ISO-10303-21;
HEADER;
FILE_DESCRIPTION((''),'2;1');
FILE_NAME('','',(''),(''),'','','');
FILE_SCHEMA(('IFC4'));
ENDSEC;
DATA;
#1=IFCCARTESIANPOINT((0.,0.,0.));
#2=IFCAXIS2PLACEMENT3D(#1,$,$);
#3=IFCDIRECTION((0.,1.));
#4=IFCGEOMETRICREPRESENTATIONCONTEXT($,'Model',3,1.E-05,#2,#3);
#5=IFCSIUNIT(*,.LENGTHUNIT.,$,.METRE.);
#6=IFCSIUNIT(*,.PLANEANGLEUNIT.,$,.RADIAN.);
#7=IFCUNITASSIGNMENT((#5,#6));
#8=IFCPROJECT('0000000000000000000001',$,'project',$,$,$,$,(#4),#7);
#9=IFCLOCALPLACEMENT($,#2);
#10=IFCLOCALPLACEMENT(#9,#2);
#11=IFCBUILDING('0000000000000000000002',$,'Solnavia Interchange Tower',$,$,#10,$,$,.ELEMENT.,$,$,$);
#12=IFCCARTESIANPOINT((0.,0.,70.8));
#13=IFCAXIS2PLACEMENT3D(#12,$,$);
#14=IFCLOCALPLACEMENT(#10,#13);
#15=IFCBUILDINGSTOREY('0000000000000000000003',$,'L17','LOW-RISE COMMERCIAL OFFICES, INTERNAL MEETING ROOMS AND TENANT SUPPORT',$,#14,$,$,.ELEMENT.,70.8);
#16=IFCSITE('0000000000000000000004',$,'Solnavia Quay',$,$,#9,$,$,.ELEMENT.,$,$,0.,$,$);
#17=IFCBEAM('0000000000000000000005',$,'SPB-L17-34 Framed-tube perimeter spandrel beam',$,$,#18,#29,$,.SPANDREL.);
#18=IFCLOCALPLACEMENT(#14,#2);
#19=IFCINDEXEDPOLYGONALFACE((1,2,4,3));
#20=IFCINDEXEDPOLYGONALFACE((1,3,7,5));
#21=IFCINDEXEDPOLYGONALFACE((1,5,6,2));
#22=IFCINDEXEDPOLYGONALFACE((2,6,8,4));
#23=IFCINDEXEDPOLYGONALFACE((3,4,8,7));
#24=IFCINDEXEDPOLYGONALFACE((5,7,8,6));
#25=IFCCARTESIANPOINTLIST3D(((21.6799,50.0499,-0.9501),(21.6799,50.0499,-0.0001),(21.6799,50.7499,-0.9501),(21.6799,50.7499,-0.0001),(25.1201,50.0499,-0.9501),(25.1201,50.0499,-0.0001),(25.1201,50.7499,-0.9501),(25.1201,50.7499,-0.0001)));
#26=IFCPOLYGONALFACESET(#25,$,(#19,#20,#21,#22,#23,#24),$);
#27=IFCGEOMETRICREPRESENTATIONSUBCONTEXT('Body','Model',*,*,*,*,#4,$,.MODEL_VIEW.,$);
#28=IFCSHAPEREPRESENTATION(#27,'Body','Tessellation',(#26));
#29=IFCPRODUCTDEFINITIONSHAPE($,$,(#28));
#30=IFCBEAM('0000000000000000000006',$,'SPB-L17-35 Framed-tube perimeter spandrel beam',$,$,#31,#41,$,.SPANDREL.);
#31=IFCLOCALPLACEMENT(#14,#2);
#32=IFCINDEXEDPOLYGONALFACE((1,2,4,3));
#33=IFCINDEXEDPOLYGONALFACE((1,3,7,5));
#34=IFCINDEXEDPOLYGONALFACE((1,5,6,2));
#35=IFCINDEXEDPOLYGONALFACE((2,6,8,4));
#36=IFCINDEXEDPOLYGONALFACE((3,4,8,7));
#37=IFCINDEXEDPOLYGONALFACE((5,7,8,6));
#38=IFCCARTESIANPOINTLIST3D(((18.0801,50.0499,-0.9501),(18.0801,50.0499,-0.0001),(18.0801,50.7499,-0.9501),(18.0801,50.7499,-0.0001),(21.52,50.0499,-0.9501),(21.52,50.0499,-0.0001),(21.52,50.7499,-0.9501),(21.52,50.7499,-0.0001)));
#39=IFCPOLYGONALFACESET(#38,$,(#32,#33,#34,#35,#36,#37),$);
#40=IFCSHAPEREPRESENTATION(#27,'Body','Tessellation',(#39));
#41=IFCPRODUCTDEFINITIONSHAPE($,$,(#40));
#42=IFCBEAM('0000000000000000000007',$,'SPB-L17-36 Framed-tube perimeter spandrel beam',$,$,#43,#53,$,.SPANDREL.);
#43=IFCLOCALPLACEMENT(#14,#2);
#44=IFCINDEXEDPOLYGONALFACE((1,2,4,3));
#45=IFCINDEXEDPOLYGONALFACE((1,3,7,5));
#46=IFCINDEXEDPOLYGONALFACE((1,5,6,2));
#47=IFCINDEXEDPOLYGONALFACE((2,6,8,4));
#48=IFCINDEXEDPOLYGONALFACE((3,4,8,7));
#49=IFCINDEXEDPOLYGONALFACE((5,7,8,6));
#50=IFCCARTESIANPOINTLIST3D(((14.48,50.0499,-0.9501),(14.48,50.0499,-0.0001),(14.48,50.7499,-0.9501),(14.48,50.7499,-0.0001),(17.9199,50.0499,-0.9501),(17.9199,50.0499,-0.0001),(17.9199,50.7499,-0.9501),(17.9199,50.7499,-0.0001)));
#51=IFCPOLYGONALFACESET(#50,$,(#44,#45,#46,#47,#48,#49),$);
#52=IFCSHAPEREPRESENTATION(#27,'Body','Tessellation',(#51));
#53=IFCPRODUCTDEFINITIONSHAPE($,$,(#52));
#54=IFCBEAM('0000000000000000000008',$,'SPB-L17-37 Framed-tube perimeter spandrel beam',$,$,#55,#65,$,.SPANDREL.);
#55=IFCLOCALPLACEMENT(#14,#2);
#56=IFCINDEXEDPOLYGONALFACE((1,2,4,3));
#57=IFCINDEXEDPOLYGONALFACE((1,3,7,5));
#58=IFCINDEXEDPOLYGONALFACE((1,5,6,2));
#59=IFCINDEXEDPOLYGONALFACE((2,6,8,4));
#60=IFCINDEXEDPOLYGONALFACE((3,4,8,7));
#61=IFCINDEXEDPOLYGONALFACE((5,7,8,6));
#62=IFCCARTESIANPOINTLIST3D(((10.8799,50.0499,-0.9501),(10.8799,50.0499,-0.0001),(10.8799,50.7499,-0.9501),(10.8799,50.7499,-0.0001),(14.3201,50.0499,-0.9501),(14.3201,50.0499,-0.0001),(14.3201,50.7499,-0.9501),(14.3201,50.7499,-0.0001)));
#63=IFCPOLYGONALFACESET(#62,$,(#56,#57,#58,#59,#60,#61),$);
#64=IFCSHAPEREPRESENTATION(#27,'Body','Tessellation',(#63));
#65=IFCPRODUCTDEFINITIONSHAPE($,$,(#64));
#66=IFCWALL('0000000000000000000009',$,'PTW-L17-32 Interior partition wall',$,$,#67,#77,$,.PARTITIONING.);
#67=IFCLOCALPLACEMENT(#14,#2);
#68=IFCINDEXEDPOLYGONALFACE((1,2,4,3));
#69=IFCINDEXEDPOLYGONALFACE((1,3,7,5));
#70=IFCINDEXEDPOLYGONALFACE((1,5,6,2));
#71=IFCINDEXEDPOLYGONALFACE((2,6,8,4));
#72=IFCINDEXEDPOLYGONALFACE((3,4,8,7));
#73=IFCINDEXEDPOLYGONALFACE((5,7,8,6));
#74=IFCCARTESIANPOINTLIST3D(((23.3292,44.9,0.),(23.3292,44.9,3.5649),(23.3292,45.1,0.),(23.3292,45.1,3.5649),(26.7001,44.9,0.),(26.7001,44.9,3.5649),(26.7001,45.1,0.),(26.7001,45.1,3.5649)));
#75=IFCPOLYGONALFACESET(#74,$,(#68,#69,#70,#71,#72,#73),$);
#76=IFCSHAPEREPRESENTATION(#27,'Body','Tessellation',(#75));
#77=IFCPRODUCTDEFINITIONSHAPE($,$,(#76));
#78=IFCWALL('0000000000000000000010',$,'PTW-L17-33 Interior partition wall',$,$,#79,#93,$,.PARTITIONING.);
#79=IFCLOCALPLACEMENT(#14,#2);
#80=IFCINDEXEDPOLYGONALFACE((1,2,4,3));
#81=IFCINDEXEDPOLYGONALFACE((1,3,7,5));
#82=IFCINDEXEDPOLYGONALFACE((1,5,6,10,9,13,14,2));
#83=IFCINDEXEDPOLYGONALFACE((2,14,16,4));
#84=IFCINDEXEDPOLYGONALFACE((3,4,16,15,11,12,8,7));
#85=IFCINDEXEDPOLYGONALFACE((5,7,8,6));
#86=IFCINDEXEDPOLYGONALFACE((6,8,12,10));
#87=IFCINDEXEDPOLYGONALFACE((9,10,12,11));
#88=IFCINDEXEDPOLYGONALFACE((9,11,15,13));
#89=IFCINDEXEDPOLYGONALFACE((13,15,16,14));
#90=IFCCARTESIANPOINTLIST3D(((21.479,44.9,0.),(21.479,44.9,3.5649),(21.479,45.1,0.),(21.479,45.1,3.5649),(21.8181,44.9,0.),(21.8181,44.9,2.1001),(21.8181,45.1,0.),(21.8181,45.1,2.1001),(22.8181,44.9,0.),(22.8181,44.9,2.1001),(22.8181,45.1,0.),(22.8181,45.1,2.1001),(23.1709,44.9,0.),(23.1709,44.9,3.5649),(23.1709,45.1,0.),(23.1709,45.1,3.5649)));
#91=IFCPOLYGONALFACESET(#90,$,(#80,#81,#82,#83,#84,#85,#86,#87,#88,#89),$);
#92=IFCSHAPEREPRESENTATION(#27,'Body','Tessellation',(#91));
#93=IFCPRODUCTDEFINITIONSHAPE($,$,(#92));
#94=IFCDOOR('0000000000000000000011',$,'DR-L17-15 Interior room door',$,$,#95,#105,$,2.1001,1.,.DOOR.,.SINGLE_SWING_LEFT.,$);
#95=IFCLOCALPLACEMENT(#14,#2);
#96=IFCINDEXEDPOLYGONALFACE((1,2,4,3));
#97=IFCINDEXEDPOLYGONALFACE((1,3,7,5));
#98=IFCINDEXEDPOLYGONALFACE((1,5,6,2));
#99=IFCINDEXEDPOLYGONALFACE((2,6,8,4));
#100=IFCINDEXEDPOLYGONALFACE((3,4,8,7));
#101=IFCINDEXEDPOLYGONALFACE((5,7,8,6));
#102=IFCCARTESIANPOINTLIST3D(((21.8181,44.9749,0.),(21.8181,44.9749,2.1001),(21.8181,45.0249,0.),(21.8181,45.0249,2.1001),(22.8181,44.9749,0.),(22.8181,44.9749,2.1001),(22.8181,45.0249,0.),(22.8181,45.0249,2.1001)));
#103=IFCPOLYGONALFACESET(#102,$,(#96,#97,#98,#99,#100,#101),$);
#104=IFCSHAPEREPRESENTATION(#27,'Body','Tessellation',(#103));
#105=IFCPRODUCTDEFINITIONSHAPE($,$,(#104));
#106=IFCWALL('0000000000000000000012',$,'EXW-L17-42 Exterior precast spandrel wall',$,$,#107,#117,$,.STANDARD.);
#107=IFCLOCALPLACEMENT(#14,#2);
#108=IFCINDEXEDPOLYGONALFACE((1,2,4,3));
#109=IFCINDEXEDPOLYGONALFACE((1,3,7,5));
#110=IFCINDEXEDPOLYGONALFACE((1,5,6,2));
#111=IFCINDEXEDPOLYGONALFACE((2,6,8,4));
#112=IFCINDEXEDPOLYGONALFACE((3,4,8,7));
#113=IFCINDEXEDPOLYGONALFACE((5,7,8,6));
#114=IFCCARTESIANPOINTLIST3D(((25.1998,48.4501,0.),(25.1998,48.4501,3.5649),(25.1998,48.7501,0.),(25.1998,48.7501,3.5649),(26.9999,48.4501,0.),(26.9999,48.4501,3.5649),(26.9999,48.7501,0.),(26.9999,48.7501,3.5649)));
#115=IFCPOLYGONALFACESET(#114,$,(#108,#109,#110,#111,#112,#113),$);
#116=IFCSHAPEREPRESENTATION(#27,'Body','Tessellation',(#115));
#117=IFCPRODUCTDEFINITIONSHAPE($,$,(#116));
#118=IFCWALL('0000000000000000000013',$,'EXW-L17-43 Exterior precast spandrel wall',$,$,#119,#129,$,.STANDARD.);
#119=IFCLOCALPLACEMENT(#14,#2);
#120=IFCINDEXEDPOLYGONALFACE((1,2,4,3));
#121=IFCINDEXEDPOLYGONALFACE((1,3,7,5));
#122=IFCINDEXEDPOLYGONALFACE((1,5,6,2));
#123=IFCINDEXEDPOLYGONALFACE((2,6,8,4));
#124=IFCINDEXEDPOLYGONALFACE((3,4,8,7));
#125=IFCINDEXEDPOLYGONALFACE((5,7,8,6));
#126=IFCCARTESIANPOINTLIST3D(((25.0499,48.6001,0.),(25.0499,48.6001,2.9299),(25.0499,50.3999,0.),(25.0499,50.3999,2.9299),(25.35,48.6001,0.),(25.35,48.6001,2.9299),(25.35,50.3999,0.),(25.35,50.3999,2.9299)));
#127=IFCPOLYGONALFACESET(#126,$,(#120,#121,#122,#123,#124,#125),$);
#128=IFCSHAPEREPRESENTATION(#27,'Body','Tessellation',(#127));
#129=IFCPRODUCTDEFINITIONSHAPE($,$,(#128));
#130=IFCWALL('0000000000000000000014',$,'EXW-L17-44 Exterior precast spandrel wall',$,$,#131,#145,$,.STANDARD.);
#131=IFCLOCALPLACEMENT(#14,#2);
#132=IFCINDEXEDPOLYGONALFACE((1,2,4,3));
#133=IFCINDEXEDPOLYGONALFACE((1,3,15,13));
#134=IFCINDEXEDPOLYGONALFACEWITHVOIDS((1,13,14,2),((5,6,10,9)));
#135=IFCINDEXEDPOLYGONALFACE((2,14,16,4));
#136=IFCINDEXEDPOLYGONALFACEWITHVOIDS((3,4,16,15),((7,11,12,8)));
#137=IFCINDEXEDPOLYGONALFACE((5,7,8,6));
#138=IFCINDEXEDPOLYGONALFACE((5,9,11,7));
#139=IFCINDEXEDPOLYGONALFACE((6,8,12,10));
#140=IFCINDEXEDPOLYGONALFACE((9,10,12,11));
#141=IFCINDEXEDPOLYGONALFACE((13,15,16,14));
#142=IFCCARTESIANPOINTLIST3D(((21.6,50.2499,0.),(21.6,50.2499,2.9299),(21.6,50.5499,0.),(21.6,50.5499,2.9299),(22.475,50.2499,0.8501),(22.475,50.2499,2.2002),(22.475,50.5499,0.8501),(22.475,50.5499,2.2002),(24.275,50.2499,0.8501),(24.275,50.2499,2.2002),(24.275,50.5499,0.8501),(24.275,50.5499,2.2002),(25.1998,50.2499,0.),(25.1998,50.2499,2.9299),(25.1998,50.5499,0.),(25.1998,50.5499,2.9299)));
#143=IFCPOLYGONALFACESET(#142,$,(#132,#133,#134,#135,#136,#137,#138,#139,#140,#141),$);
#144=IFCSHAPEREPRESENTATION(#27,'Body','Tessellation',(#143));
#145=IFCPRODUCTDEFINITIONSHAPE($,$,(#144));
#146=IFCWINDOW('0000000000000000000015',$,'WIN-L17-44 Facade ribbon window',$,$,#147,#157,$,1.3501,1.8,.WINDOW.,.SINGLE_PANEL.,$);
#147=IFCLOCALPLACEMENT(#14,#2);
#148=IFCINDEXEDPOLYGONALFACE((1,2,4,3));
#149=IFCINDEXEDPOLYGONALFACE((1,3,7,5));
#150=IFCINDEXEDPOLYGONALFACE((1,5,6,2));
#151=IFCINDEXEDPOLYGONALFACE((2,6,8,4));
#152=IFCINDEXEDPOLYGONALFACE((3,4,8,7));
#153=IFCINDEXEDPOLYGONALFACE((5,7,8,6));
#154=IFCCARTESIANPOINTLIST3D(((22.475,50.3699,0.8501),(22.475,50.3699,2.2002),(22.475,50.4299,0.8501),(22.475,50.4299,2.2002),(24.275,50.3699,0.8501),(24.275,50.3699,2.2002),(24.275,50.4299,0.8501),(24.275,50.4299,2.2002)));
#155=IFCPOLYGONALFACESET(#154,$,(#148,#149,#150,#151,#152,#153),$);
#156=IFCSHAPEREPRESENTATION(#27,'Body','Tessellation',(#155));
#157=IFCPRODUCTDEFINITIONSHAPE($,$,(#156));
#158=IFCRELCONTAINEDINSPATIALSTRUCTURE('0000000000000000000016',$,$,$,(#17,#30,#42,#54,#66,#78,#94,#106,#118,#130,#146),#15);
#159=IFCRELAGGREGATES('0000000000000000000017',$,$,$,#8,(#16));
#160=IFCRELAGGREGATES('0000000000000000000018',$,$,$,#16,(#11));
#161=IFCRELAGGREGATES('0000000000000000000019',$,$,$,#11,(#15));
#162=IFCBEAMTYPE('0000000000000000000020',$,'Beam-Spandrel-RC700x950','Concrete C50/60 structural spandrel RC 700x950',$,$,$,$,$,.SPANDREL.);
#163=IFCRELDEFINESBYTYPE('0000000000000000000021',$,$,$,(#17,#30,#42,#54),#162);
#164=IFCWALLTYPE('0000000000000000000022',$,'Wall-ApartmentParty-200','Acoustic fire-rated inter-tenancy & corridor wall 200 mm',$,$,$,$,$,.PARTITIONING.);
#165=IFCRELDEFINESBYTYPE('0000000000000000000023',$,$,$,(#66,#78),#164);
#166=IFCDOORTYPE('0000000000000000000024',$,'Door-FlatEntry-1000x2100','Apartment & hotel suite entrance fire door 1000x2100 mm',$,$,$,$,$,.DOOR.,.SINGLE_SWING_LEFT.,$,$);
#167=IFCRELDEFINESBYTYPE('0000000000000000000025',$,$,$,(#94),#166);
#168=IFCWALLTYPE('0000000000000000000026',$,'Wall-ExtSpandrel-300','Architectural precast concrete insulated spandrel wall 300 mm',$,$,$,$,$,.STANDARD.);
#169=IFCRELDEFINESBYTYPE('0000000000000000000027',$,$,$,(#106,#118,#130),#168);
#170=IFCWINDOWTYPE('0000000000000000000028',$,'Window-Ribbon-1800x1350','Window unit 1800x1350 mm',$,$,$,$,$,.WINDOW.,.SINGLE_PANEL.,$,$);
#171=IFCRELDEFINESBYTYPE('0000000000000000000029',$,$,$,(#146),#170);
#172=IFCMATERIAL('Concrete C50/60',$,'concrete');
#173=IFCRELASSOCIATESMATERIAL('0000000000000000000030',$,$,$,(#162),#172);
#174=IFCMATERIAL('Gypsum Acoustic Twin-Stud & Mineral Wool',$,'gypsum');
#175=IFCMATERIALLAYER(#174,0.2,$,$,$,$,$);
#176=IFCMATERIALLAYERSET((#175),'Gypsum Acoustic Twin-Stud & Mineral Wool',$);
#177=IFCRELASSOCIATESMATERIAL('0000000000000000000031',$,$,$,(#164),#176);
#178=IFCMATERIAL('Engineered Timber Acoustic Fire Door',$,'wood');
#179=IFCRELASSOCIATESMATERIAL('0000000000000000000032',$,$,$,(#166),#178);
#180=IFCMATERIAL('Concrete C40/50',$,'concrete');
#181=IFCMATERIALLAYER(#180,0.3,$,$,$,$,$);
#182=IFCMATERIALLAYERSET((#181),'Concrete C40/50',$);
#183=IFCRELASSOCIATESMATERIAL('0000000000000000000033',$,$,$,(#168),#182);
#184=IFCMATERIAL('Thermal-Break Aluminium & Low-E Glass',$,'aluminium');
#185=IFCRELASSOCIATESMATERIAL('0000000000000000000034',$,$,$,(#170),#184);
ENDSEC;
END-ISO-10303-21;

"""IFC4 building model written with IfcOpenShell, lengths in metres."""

from ifc_helpers import new_model, si_unit, direction, frame, frame_2d, origin, origin_2d, place, context, subcontext, project, spatial, rectangle, extrude, material, layer, layer_set, material_profile, profile_set, type_object, element, fill, save


model = new_model("IFC4")

# Units and contexts
model_context = context("Model", 3, precision=1e-05, world=origin(), true_north=direction((0.0, 1.0)))
body_context = subcontext(model_context, "Body", "Model", "MODEL_VIEW")
ifc_project = project(units=[si_unit("LENGTHUNIT", "METRE"), si_unit("PLANEANGLEUNIT", "RADIAN")], contexts=[model_context])

# Site, building, storey
site_placement = place(None, origin())
site = spatial("IfcSite", under=ifc_project, at=site_placement, Name="Solnavia Quay", CompositionType="ELEMENT", RefElevation=0.0)
building_placement = place(site_placement, origin())
building = spatial("IfcBuilding", under=site, at=building_placement, Name="Solnavia Interchange Tower", CompositionType="ELEMENT")
storey_placement = place(building_placement, frame((0.0, 0.0, 70.8)))
storey = spatial("IfcBuildingStorey", under=building, at=storey_placement, Name="L17", Description="LOW-RISE COMMERCIAL OFFICES, INTERNAL MEETING ROOMS AND TENANT SUPPORT", CompositionType="ELEMENT", Elevation=70.8)

# Beams
ifc_material_1 = material(Name="Concrete C50/60", Category="concrete")
ifc_material_profile_1 = material_profile(ifc_material_1, rectangle(XDim=0.7, YDim=0.95, at=origin_2d()), Name="RC 700x950")
ifc_profile_set_1 = profile_set([ifc_material_profile_1], Name="Concrete C50/60")
beam_type_1 = type_object("IfcBeamType", Name="Beam-Spandrel-RC700x950", Description="Concrete C50/60 structural spandrel RC 700x950", PredefinedType="SPANDREL", material=ifc_profile_set_1)
beam_1_placement = place(storey_placement, frame((25.1201, 50.3999, -0.4751), z_axis=(-1.0, 0.0, 0.0), x_axis=(0.0, -1.0, 0.0)))
element("IfcBeam", 1, at=beam_1_placement, inside=storey, type_object=beam_type_1, Name="SPB-L17-34 Framed-tube perimeter spandrel beam", PredefinedType="SPANDREL", context=body_context, shape_type="SweptSolid", body=[
    extrude(rectangle(XDim=0.7, YDim=0.95, at=origin_2d()), origin(), (0.0, 0.0, 1.0), 3.4402),
])
for number, where, z_axis, x_axis, name in (
    (2, (21.52, 50.3999, -0.4751), (-1.0, 0.0, 0.0), (0.0, -1.0, 0.0), "SPB-L17-35 Framed-tube perimeter spandrel beam"),
    (3, (17.9199, 50.3999, -0.4751), (-1.0, 0.0, 0.0), (0.0, -1.0, 0.0), "SPB-L17-36 Framed-tube perimeter spandrel beam"),
):
    element("IfcBeam", number, at=place(storey_placement, frame(where, z_axis=z_axis, x_axis=x_axis)), inside=storey, type_object=beam_type_1, Name=name, PredefinedType="SPANDREL", context=body_context, shape_type="SweptSolid", body=[
        extrude(rectangle(XDim=0.7, YDim=0.95, at=origin_2d()), origin(), (0.0, 0.0, 1.0), 3.4399),
    ])
beam_2_placement = place(storey_placement, frame((14.3201, 50.3999, -0.4751), z_axis=(-1.0, 0.0, 0.0), x_axis=(0.0, -1.0, 0.0)))
element("IfcBeam", 4, at=beam_2_placement, inside=storey, type_object=beam_type_1, Name="SPB-L17-37 Framed-tube perimeter spandrel beam", PredefinedType="SPANDREL", context=body_context, shape_type="SweptSolid", body=[
    extrude(rectangle(XDim=0.7, YDim=0.95, at=origin_2d()), origin(), (0.0, 0.0, 1.0), 3.4402),
])

# Wall
ifc_material_2 = material(Name="Gypsum Acoustic Twin-Stud & Mineral Wool", Category="gypsum")
ifc_layer_1 = layer(ifc_material_2, 0.2)
ifc_layer_set_1 = layer_set([ifc_layer_1], Name="Gypsum Acoustic Twin-Stud & Mineral Wool")
wall_type_1 = type_object("IfcWallType", Name="Wall-ApartmentParty-200", Description="Acoustic fire-rated inter-tenancy & corridor wall 200 mm", PredefinedType="PARTITIONING", material=ifc_layer_set_1)
wall_1_placement = place(storey_placement, frame((23.3291, 45.0, 0.0), z_axis=(0.0, 0.0, 1.0), x_axis=(1.0, 0.0, 0.0)))
element("IfcWall", 5, at=wall_1_placement, inside=storey, type_object=wall_type_1, Name="PTW-L17-32 Interior partition wall", PredefinedType="PARTITIONING", context=body_context, shape_type="SweptSolid", body=[
    extrude(rectangle(XDim=3.3708, YDim=0.2, at=frame_2d((1.6855, 0.0))), origin(), (0.0, 0.0, 1.0), 3.5649),
])

# Wall, opening, door
wall_2_placement = place(storey_placement, frame((21.479, 45.0, 0.0), z_axis=(0.0, 0.0, 1.0), x_axis=(1.0, 0.0, 0.0)))
wall_2 = element("IfcWall", 6, at=wall_2_placement, inside=storey, type_object=wall_type_1, Name="PTW-L17-33 Interior partition wall", PredefinedType="PARTITIONING", context=body_context, shape_type="SweptSolid", body=[
    extrude(rectangle(XDim=1.6919, YDim=0.2, at=frame_2d((0.8459, 0.0))), origin(), (0.0, 0.0, 1.0), 3.5649),
])
opening_1_placement = place(wall_2_placement, frame((0.3391, 0.0, 0.0)))
opening_1 = element("IfcOpeningElement", 7, at=opening_1_placement, cuts=wall_2, PredefinedType="OPENING", context=body_context, shape_type="SweptSolid", body=[
    extrude(rectangle(XDim=1.0, YDim=2.1001, at=frame_2d((0.5, 1.05))), frame((0.0, 0.1099, 0.0), z_axis=(0.0, -1.0, 0.0), x_axis=(1.0, 0.0, 0.0)), (0.0, 0.0, 1.0), 0.22),
])
ifc_material_3 = material(Name="Engineered Timber Acoustic Fire Door", Category="wood")
door_type = type_object("IfcDoorType", Name="Door-FlatEntry-1000x2100", Description="Apartment & hotel suite entrance fire door 1000x2100 mm", OperationType="SINGLE_SWING_LEFT", PredefinedType="DOOR", material=ifc_material_3)
door_placement = place(opening_1_placement, origin())
door = element("IfcDoor", 8, at=door_placement, inside=storey, type_object=door_type, Name="DR-L17-15 Interior room door", OperationType="SINGLE_SWING_LEFT", OverallHeight=2.1001, OverallWidth=1.0, PredefinedType="DOOR", context=body_context, shape_type="SweptSolid", body=[
    extrude(rectangle(XDim=1.0, YDim=2.1001, at=frame_2d((0.5, 1.05))), frame((0.0, 0.0249, 0.0), z_axis=(0.0, -1.0, 0.0), x_axis=(1.0, 0.0, 0.0)), (0.0, 0.0, 1.0), 0.05),
])
fill(opening_1, door)

# Walls
ifc_material_4 = material(Name="Concrete C40/50", Category="concrete")
ifc_layer_2 = layer(ifc_material_4, 0.3)
ifc_layer_set_2 = layer_set([ifc_layer_2], Name="Concrete C40/50")
wall_type_2 = type_object("IfcWallType", Name="Wall-ExtSpandrel-300", Description="Architectural precast concrete insulated spandrel wall 300 mm", PredefinedType="STANDARD", material=ifc_layer_set_2)
wall_3_placement = place(storey_placement, frame((25.2, 48.6001, 0.0), z_axis=(0.0, 0.0, 1.0), x_axis=(1.0, 0.0, 0.0)))
element("IfcWall", 9, at=wall_3_placement, inside=storey, type_object=wall_type_2, Name="EXW-L17-42 Exterior precast spandrel wall", PredefinedType="STANDARD", context=body_context, shape_type="SweptSolid", body=[
    extrude(rectangle(XDim=1.8, YDim=0.3, at=frame_2d((0.8999, 0.0))), origin(), (0.0, 0.0, 1.0), 3.5649),
])
wall_4_placement = place(storey_placement, frame((25.2, 48.6001, 0.0), z_axis=(0.0, 0.0, 1.0), x_axis=(0.0, 1.0, 0.0)))
element("IfcWall", 10, at=wall_4_placement, inside=storey, type_object=wall_type_2, Name="EXW-L17-43 Exterior precast spandrel wall", PredefinedType="STANDARD", context=body_context, shape_type="SweptSolid", body=[
    extrude(rectangle(XDim=1.7998, YDim=0.3, at=frame_2d((0.8999, 0.0))), origin(), (0.0, 0.0, 1.0), 2.9299),
])

# Wall, opening, window
wall_5_placement = place(storey_placement, frame((21.6001, 50.3999, 0.0), z_axis=(0.0, 0.0, 1.0), x_axis=(1.0, 0.0, 0.0)))
wall_5 = element("IfcWall", 11, at=wall_5_placement, inside=storey, type_object=wall_type_2, Name="EXW-L17-44 Exterior precast spandrel wall", PredefinedType="STANDARD", context=body_context, shape_type="SweptSolid", body=[
    extrude(rectangle(XDim=3.5999, YDim=0.3, at=frame_2d((1.7998, 0.0))), origin(), (0.0, 0.0, 1.0), 2.9299),
])
opening_2_placement = place(wall_5_placement, frame((0.875, 0.0, 0.8501)))
opening_2 = element("IfcOpeningElement", 12, at=opening_2_placement, cuts=wall_5, PredefinedType="OPENING", context=body_context, shape_type="SweptSolid", body=[
    extrude(rectangle(XDim=1.8, YDim=1.3501, at=frame_2d((0.8999, 0.675))), frame((0.0, 0.1602, 0.0), z_axis=(0.0, -1.0, 0.0), x_axis=(1.0, 0.0, 0.0)), (0.0, 0.0, 1.0), 0.3201),
])
ifc_material_5 = material(Name="Thermal-Break Aluminium & Low-E Glass", Category="aluminium")
window_type = type_object("IfcWindowType", Name="Window-Ribbon-1800x1350", Description="Window unit 1800x1350 mm", PartitioningType="SINGLE_PANEL", PredefinedType="WINDOW", material=ifc_material_5)
window_1_placement = place(opening_2_placement, origin())
window_1 = element("IfcWindow", 13, at=window_1_placement, inside=storey, type_object=window_type, Name="WIN-L17-44 Facade ribbon window", OverallHeight=1.3501, OverallWidth=1.8, PartitioningType="SINGLE_PANEL", PredefinedType="WINDOW", context=body_context, shape_type="SweptSolid", body=[
    extrude(rectangle(XDim=1.8, YDim=1.3501, at=frame_2d((0.8999, 0.675))), frame((0.0, 0.03, 0.0), z_axis=(0.0, -1.0, 0.0), x_axis=(1.0, 0.0, 0.0)), (0.0, 0.0, 1.0), 0.0601),
])
fill(opening_2, window_1)

save(model, "model.ifc")
